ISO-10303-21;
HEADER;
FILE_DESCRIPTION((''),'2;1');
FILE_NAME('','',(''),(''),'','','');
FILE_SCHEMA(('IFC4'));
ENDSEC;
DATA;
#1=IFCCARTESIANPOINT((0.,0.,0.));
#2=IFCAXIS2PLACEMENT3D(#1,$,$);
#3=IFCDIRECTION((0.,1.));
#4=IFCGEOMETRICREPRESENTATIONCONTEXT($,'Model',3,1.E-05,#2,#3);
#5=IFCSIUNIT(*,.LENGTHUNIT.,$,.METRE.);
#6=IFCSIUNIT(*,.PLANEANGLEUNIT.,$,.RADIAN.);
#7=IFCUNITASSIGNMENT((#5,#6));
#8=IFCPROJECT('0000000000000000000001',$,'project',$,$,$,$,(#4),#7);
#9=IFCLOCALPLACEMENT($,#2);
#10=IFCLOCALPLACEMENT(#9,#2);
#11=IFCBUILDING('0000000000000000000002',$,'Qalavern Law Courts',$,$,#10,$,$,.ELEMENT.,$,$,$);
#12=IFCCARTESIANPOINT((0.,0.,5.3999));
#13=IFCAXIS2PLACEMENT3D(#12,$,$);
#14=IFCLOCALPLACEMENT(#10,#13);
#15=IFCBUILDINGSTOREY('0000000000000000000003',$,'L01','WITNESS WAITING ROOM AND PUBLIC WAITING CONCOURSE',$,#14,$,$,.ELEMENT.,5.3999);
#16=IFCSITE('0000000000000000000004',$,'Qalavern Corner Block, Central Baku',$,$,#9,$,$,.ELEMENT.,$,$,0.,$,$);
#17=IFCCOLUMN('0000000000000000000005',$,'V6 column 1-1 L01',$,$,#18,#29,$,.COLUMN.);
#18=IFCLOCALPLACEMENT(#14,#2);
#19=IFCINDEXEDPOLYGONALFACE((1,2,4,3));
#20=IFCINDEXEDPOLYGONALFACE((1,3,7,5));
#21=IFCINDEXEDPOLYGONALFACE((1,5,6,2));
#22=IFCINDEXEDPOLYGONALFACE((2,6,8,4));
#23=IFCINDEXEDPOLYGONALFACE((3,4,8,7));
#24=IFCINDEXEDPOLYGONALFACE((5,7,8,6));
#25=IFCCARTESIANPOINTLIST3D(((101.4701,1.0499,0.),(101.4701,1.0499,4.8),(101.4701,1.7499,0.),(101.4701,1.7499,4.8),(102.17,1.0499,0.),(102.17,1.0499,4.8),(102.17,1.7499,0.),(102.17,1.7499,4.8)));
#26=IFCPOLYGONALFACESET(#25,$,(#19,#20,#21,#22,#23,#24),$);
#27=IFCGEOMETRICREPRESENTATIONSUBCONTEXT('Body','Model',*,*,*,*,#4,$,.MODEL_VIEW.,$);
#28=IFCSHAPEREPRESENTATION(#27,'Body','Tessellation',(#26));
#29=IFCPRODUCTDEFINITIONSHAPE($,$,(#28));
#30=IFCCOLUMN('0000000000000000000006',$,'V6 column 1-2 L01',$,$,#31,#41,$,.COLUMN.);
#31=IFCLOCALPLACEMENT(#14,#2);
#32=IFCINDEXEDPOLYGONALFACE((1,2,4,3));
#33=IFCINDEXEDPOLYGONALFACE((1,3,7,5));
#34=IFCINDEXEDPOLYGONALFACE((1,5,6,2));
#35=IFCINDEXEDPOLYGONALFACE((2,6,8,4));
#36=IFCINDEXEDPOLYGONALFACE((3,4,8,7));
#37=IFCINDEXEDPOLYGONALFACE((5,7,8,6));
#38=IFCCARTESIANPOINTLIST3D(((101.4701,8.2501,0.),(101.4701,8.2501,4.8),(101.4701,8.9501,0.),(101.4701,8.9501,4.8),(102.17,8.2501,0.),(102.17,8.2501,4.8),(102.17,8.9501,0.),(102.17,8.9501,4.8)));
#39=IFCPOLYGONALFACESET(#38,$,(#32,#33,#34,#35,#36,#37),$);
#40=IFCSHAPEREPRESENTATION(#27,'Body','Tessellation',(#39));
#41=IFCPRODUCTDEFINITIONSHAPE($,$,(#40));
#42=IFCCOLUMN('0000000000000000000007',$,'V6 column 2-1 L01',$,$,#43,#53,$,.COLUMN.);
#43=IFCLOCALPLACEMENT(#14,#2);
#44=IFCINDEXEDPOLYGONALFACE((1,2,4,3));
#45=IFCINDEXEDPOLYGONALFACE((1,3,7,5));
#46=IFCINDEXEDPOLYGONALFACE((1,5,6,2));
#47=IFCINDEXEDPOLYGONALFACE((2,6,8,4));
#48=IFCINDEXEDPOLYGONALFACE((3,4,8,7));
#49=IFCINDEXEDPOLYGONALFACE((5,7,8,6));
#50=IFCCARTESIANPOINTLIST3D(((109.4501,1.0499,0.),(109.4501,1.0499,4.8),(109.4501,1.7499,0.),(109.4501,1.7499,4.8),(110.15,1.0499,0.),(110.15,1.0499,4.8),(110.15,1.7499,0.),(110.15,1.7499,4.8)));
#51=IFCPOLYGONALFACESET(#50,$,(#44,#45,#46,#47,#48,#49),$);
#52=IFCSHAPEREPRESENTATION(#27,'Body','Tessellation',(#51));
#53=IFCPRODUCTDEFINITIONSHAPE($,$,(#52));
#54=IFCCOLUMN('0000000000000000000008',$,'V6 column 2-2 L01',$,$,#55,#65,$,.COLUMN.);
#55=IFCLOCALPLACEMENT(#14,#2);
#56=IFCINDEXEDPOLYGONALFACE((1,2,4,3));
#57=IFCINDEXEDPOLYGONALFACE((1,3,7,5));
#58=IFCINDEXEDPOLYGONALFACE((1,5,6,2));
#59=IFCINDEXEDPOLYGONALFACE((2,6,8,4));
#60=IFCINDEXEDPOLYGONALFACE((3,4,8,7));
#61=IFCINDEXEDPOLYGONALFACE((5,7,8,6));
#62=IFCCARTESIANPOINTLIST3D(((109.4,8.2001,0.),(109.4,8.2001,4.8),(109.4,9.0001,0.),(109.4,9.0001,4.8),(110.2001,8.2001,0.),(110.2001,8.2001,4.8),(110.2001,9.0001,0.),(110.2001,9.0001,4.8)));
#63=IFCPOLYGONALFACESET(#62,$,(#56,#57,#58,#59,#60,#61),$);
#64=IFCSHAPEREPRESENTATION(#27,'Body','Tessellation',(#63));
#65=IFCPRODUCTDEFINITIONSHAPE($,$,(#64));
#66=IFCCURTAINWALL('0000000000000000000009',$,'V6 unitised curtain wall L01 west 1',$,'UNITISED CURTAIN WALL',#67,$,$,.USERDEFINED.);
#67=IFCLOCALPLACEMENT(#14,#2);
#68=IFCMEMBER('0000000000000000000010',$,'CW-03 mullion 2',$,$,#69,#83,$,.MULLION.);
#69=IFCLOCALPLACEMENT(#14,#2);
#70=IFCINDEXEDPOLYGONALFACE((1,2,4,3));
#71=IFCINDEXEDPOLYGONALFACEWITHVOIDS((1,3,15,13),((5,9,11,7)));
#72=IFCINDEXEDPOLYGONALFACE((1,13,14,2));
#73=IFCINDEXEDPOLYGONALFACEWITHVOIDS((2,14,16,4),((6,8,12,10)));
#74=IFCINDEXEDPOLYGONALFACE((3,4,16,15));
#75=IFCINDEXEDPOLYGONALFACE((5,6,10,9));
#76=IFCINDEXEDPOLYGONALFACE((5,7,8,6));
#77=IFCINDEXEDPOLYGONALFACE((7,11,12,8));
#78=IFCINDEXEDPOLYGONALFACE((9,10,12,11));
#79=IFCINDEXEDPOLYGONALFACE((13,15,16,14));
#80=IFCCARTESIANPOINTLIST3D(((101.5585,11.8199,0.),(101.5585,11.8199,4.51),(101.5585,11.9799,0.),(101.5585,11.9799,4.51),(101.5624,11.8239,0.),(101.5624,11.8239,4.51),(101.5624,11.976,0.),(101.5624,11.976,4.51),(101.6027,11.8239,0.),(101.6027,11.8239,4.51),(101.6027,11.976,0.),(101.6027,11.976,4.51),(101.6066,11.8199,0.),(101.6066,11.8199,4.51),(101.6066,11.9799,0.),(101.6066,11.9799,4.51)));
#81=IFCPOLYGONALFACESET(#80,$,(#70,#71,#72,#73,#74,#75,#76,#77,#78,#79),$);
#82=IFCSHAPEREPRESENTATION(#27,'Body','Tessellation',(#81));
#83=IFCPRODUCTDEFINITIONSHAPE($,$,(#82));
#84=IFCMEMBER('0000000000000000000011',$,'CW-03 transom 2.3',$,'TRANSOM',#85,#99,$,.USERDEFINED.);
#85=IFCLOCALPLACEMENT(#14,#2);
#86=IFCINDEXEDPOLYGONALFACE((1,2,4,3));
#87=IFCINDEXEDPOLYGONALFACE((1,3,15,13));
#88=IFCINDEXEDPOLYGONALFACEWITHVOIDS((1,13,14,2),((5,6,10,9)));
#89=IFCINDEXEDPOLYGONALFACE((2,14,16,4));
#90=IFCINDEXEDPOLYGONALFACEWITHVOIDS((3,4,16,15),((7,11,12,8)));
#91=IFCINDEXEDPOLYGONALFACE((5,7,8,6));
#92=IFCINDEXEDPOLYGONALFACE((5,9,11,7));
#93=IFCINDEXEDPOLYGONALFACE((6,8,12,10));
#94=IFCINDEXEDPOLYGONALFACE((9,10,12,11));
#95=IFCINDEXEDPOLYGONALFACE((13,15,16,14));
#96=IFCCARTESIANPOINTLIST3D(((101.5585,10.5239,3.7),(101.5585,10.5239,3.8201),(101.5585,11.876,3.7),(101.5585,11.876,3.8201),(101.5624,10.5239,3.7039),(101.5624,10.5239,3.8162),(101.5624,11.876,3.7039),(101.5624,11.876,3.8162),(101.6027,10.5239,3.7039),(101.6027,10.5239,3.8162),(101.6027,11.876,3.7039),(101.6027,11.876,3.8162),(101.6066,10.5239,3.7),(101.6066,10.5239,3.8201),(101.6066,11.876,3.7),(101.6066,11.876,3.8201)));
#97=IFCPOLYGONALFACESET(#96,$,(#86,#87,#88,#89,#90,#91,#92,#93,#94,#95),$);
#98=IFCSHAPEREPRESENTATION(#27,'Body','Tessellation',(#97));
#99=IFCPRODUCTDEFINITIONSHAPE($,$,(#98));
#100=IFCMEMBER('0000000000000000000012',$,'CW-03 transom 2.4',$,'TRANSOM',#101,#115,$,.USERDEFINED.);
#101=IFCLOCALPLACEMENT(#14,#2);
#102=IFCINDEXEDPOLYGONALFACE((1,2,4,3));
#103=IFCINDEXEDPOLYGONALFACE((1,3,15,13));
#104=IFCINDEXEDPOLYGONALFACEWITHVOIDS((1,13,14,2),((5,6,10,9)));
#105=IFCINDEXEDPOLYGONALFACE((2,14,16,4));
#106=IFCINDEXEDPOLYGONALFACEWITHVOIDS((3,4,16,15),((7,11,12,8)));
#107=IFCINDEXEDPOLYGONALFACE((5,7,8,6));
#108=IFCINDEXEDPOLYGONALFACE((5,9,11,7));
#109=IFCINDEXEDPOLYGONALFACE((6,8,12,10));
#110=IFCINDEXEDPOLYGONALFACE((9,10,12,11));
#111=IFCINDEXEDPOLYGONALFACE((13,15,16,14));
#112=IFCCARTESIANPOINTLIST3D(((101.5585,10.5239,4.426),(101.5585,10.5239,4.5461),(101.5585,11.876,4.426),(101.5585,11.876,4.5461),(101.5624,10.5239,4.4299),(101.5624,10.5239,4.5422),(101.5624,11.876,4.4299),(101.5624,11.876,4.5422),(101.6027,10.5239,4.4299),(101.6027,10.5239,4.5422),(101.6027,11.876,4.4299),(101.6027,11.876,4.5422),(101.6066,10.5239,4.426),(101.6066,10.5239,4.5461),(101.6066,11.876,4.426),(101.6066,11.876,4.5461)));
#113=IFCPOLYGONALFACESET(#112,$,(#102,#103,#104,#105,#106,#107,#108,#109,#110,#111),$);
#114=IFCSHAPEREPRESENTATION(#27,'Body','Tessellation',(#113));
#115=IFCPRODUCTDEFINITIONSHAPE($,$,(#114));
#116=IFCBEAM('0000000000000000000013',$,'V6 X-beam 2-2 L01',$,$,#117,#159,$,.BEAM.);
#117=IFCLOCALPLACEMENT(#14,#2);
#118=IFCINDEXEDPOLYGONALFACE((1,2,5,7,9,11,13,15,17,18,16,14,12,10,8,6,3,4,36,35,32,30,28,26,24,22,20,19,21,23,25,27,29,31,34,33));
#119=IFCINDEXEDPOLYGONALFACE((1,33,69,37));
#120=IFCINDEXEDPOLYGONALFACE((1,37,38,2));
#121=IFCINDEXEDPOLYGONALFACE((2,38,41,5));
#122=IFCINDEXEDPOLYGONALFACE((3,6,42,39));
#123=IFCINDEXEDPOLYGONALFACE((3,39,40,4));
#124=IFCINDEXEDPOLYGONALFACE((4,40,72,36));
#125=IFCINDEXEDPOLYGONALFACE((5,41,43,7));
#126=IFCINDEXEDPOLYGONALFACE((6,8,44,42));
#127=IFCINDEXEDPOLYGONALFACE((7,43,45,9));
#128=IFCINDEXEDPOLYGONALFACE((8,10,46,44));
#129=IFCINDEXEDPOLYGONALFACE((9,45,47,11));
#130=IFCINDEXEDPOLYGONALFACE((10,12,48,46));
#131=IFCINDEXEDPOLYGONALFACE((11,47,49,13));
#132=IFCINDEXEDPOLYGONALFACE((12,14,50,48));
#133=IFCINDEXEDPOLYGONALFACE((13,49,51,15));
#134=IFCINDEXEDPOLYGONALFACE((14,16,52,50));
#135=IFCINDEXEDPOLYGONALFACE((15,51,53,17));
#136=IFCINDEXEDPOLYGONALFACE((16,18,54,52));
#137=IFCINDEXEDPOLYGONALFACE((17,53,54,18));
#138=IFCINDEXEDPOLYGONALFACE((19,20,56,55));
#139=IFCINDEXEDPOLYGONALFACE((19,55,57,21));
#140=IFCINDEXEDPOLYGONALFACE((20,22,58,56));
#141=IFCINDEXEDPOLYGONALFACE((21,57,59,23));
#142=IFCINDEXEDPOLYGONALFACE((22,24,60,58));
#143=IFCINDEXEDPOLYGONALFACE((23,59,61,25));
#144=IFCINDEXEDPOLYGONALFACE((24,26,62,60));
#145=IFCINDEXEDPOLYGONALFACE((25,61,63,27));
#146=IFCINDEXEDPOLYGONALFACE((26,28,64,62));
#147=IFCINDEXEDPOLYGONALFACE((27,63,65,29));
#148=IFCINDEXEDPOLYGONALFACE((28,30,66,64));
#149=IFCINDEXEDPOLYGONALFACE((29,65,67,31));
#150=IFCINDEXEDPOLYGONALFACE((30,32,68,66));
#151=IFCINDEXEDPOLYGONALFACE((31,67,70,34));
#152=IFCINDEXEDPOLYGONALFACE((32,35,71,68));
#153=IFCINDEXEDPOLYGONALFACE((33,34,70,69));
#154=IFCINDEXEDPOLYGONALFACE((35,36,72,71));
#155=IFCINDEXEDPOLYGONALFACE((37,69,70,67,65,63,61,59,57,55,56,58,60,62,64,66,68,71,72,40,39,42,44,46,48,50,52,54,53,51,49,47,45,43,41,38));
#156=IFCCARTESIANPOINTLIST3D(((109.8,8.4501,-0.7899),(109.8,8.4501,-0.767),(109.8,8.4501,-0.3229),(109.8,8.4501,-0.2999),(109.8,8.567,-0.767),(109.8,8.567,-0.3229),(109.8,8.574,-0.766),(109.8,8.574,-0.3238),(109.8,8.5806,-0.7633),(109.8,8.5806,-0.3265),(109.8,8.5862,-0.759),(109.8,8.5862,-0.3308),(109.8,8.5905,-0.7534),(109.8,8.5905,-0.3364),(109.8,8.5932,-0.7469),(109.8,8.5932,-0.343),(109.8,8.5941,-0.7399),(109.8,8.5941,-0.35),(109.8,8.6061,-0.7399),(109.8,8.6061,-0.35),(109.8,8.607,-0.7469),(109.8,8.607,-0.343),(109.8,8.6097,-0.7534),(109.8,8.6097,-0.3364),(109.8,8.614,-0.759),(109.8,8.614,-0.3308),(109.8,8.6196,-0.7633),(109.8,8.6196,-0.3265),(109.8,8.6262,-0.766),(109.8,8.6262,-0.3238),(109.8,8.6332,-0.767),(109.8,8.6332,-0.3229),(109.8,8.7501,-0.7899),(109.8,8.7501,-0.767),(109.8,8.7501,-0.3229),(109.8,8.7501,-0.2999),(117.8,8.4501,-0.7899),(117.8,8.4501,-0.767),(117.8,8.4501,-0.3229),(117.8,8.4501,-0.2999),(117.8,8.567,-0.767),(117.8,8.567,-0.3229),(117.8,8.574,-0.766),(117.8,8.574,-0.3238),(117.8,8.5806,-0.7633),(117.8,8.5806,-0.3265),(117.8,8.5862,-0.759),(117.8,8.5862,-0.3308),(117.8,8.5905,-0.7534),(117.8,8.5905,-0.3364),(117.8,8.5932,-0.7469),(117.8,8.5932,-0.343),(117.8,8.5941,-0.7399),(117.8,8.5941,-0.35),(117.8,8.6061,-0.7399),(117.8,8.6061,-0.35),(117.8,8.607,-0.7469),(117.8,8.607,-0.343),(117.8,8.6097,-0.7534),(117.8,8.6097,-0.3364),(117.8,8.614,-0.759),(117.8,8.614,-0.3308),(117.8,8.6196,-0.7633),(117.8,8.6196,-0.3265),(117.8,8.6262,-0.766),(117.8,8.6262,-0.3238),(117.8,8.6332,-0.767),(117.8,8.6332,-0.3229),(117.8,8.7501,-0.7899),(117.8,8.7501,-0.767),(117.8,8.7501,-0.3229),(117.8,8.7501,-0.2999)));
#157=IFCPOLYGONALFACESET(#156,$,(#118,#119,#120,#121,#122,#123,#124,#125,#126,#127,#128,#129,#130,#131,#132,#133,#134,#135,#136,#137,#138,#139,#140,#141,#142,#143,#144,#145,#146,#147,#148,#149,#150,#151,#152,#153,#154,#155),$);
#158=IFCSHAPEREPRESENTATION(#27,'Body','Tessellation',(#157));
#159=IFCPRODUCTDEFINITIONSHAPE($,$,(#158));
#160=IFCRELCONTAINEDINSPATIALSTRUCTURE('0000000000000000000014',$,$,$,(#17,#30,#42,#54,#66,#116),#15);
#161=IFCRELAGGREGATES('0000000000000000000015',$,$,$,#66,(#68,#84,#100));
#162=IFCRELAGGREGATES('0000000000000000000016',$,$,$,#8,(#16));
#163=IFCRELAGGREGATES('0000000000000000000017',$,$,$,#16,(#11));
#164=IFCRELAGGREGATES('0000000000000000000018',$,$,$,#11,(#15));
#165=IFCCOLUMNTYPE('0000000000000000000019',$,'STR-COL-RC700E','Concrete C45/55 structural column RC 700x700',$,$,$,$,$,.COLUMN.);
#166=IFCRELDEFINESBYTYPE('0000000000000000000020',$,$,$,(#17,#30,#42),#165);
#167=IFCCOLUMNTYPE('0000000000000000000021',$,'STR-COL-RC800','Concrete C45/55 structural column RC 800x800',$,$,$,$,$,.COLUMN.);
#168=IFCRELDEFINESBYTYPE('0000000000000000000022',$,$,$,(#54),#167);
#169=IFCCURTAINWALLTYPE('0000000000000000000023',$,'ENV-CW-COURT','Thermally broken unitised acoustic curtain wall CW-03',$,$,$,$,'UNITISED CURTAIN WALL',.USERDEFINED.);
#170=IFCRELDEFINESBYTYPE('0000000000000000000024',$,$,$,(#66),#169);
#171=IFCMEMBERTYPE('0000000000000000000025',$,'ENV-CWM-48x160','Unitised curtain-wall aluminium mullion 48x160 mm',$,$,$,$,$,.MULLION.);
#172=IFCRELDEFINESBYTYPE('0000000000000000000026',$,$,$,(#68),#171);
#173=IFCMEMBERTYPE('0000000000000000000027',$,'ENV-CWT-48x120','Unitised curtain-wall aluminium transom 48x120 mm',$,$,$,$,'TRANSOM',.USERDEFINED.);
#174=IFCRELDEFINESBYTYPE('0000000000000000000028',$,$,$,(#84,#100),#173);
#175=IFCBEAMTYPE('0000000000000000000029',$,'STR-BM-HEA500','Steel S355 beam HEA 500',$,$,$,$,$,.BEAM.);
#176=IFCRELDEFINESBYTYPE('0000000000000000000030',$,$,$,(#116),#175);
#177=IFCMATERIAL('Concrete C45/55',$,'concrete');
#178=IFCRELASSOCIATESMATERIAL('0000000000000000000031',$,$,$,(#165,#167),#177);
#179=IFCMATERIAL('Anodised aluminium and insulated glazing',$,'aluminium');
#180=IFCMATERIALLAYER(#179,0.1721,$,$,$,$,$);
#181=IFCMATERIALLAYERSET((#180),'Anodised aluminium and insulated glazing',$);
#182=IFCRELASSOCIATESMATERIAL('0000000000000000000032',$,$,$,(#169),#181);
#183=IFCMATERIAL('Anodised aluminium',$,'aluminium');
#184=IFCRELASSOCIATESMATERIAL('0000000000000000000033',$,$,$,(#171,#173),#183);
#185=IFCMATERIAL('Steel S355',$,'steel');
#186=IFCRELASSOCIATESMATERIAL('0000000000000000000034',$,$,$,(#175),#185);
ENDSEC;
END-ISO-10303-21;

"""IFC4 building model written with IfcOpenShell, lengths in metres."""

from ifc_helpers import new_model, si_unit, direction, frame, origin, origin_2d, place, context, subcontext, project, spatial, rectangle, hollow_rectangle, i_section, extrude, material, layer, layer_set, material_profile, profile_set, type_object, element, aggregate, save


model = new_model("IFC4")

# Units and contexts
model_context = context("Model", 3, precision=1e-05, world=origin(), true_north=direction((0.0, 1.0)))
body_context = subcontext(model_context, "Body", "Model", "MODEL_VIEW")
ifc_project = project(units=[si_unit("LENGTHUNIT", "METRE"), si_unit("PLANEANGLEUNIT", "RADIAN")], contexts=[model_context])

# Site, building, storey
site_placement = place(None, origin())
site = spatial("IfcSite", under=ifc_project, at=site_placement, Name="Qalavern Corner Block, Central Baku", CompositionType="ELEMENT", RefElevation=0.0)
building_placement = place(site_placement, origin())
building = spatial("IfcBuilding", under=site, at=building_placement, Name="Qalavern Law Courts", CompositionType="ELEMENT")
storey_placement = place(building_placement, frame((0.0, 0.0, 5.3999)))
storey = spatial("IfcBuildingStorey", under=building, at=storey_placement, Name="L01", Description="WITNESS WAITING ROOM AND PUBLIC WAITING CONCOURSE", CompositionType="ELEMENT", Elevation=5.3999)

# Columns
ifc_material_1 = material(Name="Concrete C45/55", Category="concrete")
ifc_material_profile_1 = material_profile(ifc_material_1, rectangle(XDim=0.7, YDim=0.7, at=origin_2d()), Name="RC 700x700")
ifc_profile_set_1 = profile_set([ifc_material_profile_1], Name="Concrete C45/55")
column_type_1 = type_object("IfcColumnType", Name="STR-COL-RC700E", Description="Concrete C45/55 structural column RC 700x700", PredefinedType="COLUMN", material=ifc_profile_set_1)
for number, where, z_axis, x_axis, name in (
    (1, (101.8201, 1.3999, 0.0), (0.0, 0.0, 1.0), (1.0, 0.0, 0.0), "V6 column 1-1 L01"),
    (2, (101.8201, 8.6001, 0.0), (0.0, 0.0, 1.0), (1.0, 0.0, 0.0), "V6 column 1-2 L01"),
    (3, (109.8, 1.3999, 0.0), (0.0, 0.0, 1.0), (1.0, 0.0, 0.0), "V6 column 2-1 L01"),
):
    element("IfcColumn", number, at=place(storey_placement, frame(where, z_axis=z_axis, x_axis=x_axis)), inside=storey, type_object=column_type_1, Name=name, PredefinedType="COLUMN", context=body_context, shape_type="SweptSolid", body=[
        extrude(rectangle(XDim=0.7, YDim=0.7, at=origin_2d()), origin(), (0.0, 0.0, 1.0), 4.8),
    ])
ifc_material_profile_2 = material_profile(ifc_material_1, rectangle(XDim=0.8, YDim=0.8, at=origin_2d()), Name="RC 800x800")
ifc_profile_set_2 = profile_set([ifc_material_profile_2], Name="Concrete C45/55")
column_type_2 = type_object("IfcColumnType", Name="STR-COL-RC800", Description="Concrete C45/55 structural column RC 800x800", PredefinedType="COLUMN", material=ifc_profile_set_2)
column_placement = place(storey_placement, frame((109.8, 8.6001, 0.0), z_axis=(0.0, 0.0, 1.0), x_axis=(1.0, 0.0, 0.0)))
element("IfcColumn", 4, at=column_placement, inside=storey, type_object=column_type_2, Name="V6 column 2-2 L01", PredefinedType="COLUMN", context=body_context, shape_type="SweptSolid", body=[
    extrude(rectangle(XDim=0.8, YDim=0.8, at=origin_2d()), origin(), (0.0, 0.0, 1.0), 4.8),
])

# Curtain wall, members
ifc_material_2 = material(Name="Anodised aluminium and insulated glazing", Category="aluminium")
ifc_layer_1 = layer(ifc_material_2, 0.1721)
ifc_layer_set_1 = layer_set([ifc_layer_1], Name="Anodised aluminium and insulated glazing")
curtain_wall_type = type_object("IfcCurtainWallType", Name="ENV-CW-COURT", Description="Thermally broken unitised acoustic curtain wall CW-03", ElementType="UNITISED CURTAIN WALL", PredefinedType="USERDEFINED", material=ifc_layer_set_1)
curtain_wall_1_placement = place(storey_placement, origin())
curtain_wall_1 = element("IfcCurtainWall", 5, at=curtain_wall_1_placement, inside=storey, type_object=curtain_wall_type, Name="V6 unitised curtain wall L01 west 1", ObjectType="UNITISED CURTAIN WALL", PredefinedType="USERDEFINED")
ifc_material_3 = material(Name="Anodised aluminium", Category="aluminium")
ifc_material_profile_3 = material_profile(ifc_material_3, hollow_rectangle(XDim=0.0481, YDim=0.1599, WallThickness=0.0039, at=origin_2d()), Name="ALU MULLION 48x160")
ifc_profile_set_3 = profile_set([ifc_material_profile_3], Name="Anodised aluminium")
member_type_1 = type_object("IfcMemberType", Name="ENV-CWM-48x160", Description="Unitised curtain-wall aluminium mullion 48x160 mm", PredefinedType="MULLION", material=ifc_profile_set_3)
member_1_placement = place(storey_placement, frame((101.5825, 11.8999, 0.0), z_axis=(0.0, 0.0, 1.0), x_axis=(1.0, 0.0, 0.0)))
member_1 = element("IfcMember", 6, at=member_1_placement, type_object=member_type_1, Name="CW-03 mullion 2", PredefinedType="MULLION", context=body_context, shape_type="SweptSolid", body=[
    extrude(hollow_rectangle(XDim=0.0481, YDim=0.1599, WallThickness=0.0039, at=origin_2d()), origin(), (0.0, 0.0, 1.0), 4.51),
])
ifc_material_profile_4 = material_profile(ifc_material_3, hollow_rectangle(XDim=0.0481, YDim=0.1201, WallThickness=0.0039, at=origin_2d()), Name="ALU TRANSOM 48x120")
ifc_profile_set_4 = profile_set([ifc_material_profile_4], Name="Anodised aluminium")
member_type_2 = type_object("IfcMemberType", Name="ENV-CWT-48x120", Description="Unitised curtain-wall aluminium transom 48x120 mm", ElementType="TRANSOM", PredefinedType="USERDEFINED", material=ifc_profile_set_4)
member_2_placement = place(storey_placement, frame((101.5825, 11.876, 3.76), z_axis=(0.0, -1.0, 0.0), x_axis=(1.0, 0.0, 0.0)))
member_2 = element("IfcMember", 7, at=member_2_placement, type_object=member_type_2, Name="CW-03 transom 2.3", ObjectType="TRANSOM", PredefinedType="USERDEFINED", context=body_context, shape_type="SweptSolid", body=[
    extrude(hollow_rectangle(XDim=0.0481, YDim=0.1201, WallThickness=0.0039, at=origin_2d()), origin(), (0.0, 0.0, 1.0), 1.3521),
])
member_3_placement = place(storey_placement, frame((101.5825, 11.876, 4.4861), z_axis=(0.0, -1.0, 0.0), x_axis=(1.0, 0.0, 0.0)))
member_3 = element("IfcMember", 8, at=member_3_placement, type_object=member_type_2, Name="CW-03 transom 2.4", ObjectType="TRANSOM", PredefinedType="USERDEFINED", context=body_context, shape_type="SweptSolid", body=[
    extrude(hollow_rectangle(XDim=0.0481, YDim=0.1201, WallThickness=0.0039, at=origin_2d()), origin(), (0.0, 0.0, 1.0), 1.3521),
])
aggregate(curtain_wall_1, [member_1, member_2, member_3])

# Beam
ifc_material_4 = material(Name="Steel S355", Category="steel")
ifc_material_profile_5 = material_profile(ifc_material_4, i_section(OverallWidth=0.3, OverallDepth=0.49, WebThickness=0.012, FlangeThickness=0.0229, FilletRadius=0.0271, at=origin_2d()), Name="HEA 500")
ifc_profile_set_5 = profile_set([ifc_material_profile_5], Name="Steel S355")
beam_type_1 = type_object("IfcBeamType", Name="STR-BM-HEA500", Description="Steel S355 beam HEA 500", PredefinedType="BEAM", material=ifc_profile_set_5)
beam_1_placement = place(storey_placement, frame((109.8, 8.6001, -0.5449), z_axis=(1.0, 0.0, 0.0), x_axis=(0.0, 1.0, 0.0)))
element("IfcBeam", 9, at=beam_1_placement, inside=storey, type_object=beam_type_1, Name="V6 X-beam 2-2 L01", PredefinedType="BEAM", context=body_context, shape_type="SweptSolid", body=[
    extrude(i_section(OverallWidth=0.3, OverallDepth=0.49, WebThickness=0.012, FlangeThickness=0.0229, FilletRadius=0.0271, at=origin_2d()), origin(), (0.0, 0.0, 1.0), 8.0),
])

save(model, "model.ifc")
